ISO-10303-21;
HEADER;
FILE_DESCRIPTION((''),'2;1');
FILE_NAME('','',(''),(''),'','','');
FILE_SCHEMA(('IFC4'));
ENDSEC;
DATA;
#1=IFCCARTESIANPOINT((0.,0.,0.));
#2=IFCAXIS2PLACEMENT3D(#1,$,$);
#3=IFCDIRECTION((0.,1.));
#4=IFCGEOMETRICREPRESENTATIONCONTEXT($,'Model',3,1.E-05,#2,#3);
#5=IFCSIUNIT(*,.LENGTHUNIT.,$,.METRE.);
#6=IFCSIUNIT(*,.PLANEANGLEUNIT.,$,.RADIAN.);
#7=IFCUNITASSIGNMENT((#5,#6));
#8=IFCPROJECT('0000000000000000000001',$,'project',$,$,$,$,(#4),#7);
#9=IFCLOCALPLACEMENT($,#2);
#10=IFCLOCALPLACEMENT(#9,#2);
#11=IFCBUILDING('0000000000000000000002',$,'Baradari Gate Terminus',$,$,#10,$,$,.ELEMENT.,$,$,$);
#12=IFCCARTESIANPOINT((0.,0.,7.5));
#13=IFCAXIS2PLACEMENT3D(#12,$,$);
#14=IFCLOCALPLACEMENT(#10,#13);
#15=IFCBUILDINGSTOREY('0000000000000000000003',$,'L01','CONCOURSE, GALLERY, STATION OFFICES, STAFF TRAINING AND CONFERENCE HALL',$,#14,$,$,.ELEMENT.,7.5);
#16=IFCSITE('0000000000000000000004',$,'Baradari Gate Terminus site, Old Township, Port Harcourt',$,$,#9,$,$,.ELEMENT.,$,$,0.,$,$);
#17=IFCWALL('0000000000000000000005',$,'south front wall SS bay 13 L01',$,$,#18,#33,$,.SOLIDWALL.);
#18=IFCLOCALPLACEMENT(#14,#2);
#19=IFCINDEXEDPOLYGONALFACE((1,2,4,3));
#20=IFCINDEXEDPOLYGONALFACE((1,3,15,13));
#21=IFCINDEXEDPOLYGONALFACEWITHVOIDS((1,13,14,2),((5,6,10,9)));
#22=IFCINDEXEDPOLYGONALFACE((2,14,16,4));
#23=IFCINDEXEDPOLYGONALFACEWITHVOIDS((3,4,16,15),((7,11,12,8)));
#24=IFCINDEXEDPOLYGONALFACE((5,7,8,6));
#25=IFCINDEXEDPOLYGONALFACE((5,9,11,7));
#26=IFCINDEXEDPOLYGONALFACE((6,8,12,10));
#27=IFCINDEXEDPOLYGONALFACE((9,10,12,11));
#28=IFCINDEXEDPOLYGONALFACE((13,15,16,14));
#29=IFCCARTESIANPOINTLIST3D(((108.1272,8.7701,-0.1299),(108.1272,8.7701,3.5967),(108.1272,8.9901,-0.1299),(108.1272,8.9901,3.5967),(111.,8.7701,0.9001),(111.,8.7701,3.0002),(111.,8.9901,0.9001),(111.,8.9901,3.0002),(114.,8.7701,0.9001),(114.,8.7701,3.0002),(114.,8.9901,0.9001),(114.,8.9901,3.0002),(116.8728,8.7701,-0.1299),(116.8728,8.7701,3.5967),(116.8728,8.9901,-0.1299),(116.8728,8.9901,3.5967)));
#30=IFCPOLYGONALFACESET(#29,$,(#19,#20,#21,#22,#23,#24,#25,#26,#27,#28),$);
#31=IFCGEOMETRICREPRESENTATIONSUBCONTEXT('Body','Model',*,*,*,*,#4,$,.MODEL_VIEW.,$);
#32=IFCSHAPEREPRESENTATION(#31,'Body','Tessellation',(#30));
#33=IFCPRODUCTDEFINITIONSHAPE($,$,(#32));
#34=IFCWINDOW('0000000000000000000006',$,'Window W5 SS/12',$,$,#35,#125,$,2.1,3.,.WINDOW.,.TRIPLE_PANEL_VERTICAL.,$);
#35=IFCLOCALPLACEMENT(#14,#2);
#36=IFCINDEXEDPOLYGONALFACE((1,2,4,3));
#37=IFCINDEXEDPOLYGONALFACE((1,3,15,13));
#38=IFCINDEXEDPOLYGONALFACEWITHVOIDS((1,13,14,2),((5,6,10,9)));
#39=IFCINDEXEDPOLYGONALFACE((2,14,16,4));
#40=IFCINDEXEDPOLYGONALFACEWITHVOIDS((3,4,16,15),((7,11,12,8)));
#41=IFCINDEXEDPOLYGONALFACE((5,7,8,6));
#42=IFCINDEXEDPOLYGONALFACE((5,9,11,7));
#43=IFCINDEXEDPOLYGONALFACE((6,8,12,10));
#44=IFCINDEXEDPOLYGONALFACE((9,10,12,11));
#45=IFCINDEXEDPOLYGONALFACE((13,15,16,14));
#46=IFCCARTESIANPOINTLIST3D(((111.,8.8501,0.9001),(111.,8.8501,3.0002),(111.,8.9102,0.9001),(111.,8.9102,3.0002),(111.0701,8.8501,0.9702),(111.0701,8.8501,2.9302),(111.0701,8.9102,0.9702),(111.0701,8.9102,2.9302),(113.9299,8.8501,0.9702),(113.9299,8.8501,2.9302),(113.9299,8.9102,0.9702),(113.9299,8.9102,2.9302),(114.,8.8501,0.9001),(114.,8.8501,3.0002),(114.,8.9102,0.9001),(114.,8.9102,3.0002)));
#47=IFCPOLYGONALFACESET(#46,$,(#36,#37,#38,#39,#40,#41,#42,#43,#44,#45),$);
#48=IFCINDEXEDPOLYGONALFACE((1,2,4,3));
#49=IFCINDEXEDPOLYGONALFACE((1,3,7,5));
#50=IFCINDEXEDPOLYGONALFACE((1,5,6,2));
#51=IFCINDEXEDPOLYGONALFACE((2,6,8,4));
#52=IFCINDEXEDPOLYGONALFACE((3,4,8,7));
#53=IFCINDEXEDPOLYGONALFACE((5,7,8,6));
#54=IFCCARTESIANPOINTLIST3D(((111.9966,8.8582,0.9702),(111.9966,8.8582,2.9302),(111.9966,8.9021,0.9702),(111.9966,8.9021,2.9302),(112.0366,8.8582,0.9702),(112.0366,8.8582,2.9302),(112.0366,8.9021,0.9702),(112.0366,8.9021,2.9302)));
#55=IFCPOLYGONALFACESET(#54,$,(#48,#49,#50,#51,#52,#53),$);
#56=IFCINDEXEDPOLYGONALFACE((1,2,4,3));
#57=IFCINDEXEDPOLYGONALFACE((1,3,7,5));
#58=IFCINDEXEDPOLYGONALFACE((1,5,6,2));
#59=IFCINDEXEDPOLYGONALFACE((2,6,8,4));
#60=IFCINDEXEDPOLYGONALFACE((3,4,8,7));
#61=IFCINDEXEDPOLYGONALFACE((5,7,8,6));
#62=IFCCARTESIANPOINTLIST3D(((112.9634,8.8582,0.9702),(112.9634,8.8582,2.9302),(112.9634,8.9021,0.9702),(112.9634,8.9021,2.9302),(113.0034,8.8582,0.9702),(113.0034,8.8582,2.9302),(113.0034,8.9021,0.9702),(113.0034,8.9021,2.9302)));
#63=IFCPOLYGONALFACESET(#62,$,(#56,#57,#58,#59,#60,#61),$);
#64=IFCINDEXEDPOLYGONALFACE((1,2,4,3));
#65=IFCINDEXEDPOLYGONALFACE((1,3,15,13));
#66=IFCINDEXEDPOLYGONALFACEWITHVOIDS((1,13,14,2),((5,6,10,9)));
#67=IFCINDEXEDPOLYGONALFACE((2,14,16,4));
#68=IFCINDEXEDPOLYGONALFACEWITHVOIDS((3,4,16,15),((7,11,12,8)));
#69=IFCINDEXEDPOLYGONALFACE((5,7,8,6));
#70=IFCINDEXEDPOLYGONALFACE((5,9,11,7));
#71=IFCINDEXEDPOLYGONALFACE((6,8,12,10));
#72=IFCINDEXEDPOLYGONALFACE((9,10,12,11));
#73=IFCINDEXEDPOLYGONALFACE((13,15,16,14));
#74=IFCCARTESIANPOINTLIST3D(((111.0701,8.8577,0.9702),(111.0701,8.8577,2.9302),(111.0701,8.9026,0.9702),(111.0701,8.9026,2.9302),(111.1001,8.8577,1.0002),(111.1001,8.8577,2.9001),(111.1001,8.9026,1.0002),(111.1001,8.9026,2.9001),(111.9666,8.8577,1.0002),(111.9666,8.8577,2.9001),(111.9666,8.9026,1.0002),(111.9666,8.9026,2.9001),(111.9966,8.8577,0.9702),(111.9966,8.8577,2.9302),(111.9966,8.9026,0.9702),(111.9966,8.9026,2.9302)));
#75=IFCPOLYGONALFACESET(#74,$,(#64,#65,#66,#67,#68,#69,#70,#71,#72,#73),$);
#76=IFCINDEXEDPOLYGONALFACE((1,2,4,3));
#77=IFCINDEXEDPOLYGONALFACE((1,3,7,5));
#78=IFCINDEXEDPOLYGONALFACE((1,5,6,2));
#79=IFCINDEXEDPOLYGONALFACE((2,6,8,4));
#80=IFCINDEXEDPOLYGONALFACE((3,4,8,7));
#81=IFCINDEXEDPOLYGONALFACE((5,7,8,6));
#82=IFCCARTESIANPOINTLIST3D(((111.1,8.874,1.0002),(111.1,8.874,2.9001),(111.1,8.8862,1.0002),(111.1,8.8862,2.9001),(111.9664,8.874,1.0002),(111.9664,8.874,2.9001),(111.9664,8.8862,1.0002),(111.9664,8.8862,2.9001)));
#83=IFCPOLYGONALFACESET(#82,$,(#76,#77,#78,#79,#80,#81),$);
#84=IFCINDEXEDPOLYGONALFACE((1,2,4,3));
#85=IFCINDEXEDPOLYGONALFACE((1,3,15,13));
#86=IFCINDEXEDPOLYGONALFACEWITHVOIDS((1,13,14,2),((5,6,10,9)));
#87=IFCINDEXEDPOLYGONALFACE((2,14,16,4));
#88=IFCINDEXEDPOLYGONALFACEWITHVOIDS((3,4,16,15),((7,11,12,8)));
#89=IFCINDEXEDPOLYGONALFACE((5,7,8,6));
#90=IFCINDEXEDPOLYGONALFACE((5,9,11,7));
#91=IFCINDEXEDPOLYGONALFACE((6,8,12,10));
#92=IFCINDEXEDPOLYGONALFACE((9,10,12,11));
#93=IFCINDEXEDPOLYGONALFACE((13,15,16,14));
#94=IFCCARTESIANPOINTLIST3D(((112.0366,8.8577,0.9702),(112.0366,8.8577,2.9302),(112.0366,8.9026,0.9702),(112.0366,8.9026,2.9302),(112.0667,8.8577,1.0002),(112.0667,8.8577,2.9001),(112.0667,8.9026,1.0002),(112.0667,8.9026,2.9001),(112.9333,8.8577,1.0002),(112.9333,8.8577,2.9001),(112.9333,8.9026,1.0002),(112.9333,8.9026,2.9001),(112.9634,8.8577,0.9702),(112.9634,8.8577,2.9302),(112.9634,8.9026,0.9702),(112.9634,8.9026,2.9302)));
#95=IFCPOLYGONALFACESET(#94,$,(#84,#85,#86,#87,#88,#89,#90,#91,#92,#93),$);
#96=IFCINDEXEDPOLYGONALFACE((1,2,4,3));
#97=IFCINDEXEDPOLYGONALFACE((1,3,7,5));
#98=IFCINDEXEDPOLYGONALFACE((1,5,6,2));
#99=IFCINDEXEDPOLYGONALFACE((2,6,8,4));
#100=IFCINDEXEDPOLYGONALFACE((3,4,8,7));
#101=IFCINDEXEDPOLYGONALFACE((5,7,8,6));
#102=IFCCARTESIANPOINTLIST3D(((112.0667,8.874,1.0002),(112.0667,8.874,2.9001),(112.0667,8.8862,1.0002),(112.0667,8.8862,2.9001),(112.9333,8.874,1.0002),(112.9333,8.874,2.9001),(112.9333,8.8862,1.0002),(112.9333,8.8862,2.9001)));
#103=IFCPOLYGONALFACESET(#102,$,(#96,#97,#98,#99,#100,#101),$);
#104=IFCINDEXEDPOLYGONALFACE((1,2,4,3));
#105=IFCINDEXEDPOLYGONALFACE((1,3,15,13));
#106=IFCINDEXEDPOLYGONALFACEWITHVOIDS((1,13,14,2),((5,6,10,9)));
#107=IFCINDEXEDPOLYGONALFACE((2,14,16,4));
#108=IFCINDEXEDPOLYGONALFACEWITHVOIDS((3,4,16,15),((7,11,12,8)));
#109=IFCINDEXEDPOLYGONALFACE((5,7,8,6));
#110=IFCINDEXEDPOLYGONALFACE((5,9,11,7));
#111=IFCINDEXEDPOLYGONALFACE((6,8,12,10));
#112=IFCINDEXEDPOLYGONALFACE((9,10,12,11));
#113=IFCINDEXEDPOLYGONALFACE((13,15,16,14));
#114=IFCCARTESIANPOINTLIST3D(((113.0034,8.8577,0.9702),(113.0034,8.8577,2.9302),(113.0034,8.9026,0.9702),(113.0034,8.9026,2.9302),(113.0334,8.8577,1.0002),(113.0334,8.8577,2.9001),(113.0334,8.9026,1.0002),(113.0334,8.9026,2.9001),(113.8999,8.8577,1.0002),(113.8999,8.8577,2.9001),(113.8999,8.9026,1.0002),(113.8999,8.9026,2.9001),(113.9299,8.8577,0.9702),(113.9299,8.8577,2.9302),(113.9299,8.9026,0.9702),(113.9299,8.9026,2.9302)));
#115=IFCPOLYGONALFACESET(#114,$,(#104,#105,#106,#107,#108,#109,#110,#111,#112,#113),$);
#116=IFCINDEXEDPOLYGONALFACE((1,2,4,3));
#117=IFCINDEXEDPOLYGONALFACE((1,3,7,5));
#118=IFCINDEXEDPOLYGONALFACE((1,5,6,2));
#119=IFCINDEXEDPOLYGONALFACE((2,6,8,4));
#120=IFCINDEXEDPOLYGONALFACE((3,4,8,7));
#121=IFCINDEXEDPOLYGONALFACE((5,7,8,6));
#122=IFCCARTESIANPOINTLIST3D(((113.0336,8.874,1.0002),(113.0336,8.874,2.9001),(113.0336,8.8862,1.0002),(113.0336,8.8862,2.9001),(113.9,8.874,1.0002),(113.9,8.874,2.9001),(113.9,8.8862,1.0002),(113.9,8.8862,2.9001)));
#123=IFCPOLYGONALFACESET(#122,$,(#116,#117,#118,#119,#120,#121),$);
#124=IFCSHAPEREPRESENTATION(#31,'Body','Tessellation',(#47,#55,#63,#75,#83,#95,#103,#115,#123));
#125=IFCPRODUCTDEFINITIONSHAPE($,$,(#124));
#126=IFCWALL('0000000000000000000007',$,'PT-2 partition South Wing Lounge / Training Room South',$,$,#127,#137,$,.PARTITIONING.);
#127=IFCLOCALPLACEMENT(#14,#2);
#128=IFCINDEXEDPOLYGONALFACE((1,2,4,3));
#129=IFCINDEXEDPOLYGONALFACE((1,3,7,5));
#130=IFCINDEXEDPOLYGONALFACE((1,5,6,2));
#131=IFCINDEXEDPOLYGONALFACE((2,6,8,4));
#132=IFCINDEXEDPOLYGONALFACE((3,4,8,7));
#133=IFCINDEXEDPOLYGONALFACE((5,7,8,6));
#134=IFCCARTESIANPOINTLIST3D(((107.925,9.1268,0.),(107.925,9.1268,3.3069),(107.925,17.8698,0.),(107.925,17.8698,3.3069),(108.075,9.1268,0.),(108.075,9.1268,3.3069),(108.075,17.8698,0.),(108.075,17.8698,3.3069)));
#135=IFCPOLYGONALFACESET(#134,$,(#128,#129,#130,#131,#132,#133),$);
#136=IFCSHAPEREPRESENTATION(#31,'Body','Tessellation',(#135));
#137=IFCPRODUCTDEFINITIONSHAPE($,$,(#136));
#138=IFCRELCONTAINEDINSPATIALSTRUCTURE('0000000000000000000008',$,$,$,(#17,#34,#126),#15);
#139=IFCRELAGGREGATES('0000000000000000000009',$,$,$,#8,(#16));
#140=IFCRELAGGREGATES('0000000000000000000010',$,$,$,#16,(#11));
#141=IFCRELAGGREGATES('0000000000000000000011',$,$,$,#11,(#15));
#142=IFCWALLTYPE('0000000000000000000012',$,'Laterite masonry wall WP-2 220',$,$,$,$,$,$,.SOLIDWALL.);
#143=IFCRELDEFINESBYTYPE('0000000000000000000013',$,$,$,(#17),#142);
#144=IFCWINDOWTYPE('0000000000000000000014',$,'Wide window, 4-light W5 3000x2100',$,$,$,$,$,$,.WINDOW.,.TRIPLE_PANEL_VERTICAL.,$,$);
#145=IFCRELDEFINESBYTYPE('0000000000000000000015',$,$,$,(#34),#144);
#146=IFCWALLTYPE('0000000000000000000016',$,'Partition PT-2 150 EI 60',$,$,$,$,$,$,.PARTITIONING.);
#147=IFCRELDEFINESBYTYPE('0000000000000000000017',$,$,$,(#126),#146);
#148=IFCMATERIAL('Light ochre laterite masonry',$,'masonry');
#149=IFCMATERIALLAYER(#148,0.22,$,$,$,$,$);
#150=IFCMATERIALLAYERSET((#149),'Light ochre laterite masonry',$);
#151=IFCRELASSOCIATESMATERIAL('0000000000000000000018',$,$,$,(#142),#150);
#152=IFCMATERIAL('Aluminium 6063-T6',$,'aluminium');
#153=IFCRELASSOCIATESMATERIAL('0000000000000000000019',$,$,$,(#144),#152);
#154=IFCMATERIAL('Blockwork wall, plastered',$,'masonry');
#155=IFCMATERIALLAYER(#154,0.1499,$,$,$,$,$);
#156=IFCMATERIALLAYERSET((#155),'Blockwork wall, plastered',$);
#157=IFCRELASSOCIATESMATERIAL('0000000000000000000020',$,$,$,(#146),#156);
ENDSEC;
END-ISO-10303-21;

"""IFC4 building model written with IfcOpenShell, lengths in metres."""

from ifc_helpers import new_model, si_unit, direction, frame, frame_2d, origin, place, context, subcontext, project, spatial, polyline, rectangle, outline, extrude, material, layer, layer_set, type_object, element, fill, save


model = new_model("IFC4")

# Units and contexts
model_context = context("Model", 3, precision=1e-05, world=origin(), true_north=direction((0.0, 1.0)))
body_context = subcontext(model_context, "Body", "Model", "MODEL_VIEW")
ifc_project = project(units=[si_unit("LENGTHUNIT", "METRE"), si_unit("PLANEANGLEUNIT", "RADIAN")], contexts=[model_context])

# Site, building, storey
site_placement = place(None, origin())
site = spatial("IfcSite", under=ifc_project, at=site_placement, Name="Baradari Gate Terminus site, Old Township, Port Harcourt", CompositionType="ELEMENT", RefElevation=0.0)
building_placement = place(site_placement, origin())
building = spatial("IfcBuilding", under=site, at=building_placement, Name="Baradari Gate Terminus", CompositionType="ELEMENT")
storey_placement = place(building_placement, frame((0.0, 0.0, 7.5)))
storey = spatial("IfcBuildingStorey", under=building, at=storey_placement, Name="L01", Description="CONCOURSE, GALLERY, STATION OFFICES, STAFF TRAINING AND CONFERENCE HALL", CompositionType="ELEMENT", Elevation=7.5)

# Wall, opening, window
ifc_material_1 = material(Name="Light ochre laterite masonry", Category="masonry")
ifc_layer_1 = layer(ifc_material_1, 0.22)
ifc_layer_set_1 = layer_set([ifc_layer_1], Name="Light ochre laterite masonry")
wall_type_1 = type_object("IfcWallType", Name="Laterite masonry wall WP-2 220", PredefinedType="SOLIDWALL", material=ifc_layer_set_1)
wall_1_placement = place(storey_placement, frame((108.1272, 8.8801, -0.1299), z_axis=(0.0, 0.0, 1.0), x_axis=(1.0, 0.0, 0.0)))
wall_1 = element("IfcWall", 1, at=wall_1_placement, inside=storey, type_object=wall_type_1, Name="south front wall SS bay 13 L01", PredefinedType="SOLIDWALL", context=body_context, shape_type="SweptSolid", body=[
    extrude(rectangle(XDim=8.7456, YDim=0.22, at=frame_2d((4.3728, 0.0))), origin(), (0.0, 0.0, 1.0), 3.7266),
])
opening_1_placement = place(wall_1_placement, frame((2.8728, 0.0, 1.03)))
opening_1 = element("IfcOpeningElement", 2, at=opening_1_placement, cuts=wall_1, PredefinedType="OPENING", context=body_context, shape_type="SweptSolid", body=[
    extrude(rectangle(XDim=3.0, YDim=2.1001, at=frame_2d((1.5, 1.05))), frame((0.0, 0.1199, 0.0), z_axis=(0.0, -1.0, 0.0), x_axis=(1.0, 0.0, 0.0)), (0.0, 0.0, 1.0), 0.24),
])
ifc_material_2 = material(Name="Aluminium 6063-T6", Category="aluminium")
window_type = type_object("IfcWindowType", Name="Wide window, 4-light W5 3000x2100", PartitioningType="TRIPLE_PANEL_VERTICAL", PredefinedType="WINDOW", material=ifc_material_2)
window_placement = place(opening_1_placement, origin())
window = element("IfcWindow", 3, at=window_placement, inside=storey, type_object=window_type, Name="Window W5 SS/12", OverallHeight=2.1, OverallWidth=3.0, PartitioningType="TRIPLE_PANEL_VERTICAL", PredefinedType="WINDOW", context=body_context, shape_type="SweptSolid", body=[
    extrude(outline(polyline([(0.0, 0.0), (3.0, 0.0), (3.0, 2.1001), (0.0, 2.1001), (0.0, 0.0)]), holes=[polyline([(0.0701, 0.0701), (2.9299, 0.0701), (2.9299, 2.03), (0.0701, 2.03), (0.0701, 0.0701)])]), frame((0.0, 0.03, 0.0), z_axis=(0.0, -1.0, 0.0), x_axis=(1.0, 0.0, 0.0)), (0.0, 0.0, 1.0), 0.0601),
    extrude(rectangle(XDim=0.04, YDim=1.96, at=frame_2d((1.0166, 1.05))), frame((0.0, 0.022, 0.0), z_axis=(0.0, -1.0, 0.0), x_axis=(1.0, 0.0, 0.0)), (0.0, 0.0, 1.0), 0.0439),
    extrude(rectangle(XDim=0.04, YDim=1.96, at=frame_2d((1.9834, 1.05))), frame((0.0, 0.022, 0.0), z_axis=(0.0, -1.0, 0.0), x_axis=(1.0, 0.0, 0.0)), (0.0, 0.0, 1.0), 0.0439),
    extrude(outline(polyline([(0.0701, 0.0701), (0.9966, 0.0701), (0.9966, 2.03), (0.0701, 2.03), (0.0701, 0.0701)]), holes=[polyline([(0.1001, 0.1001), (0.9666, 0.1001), (0.9666, 2.0), (0.1001, 2.0), (0.1001, 0.1001)])]), frame((0.0, 0.0225, 0.0), z_axis=(0.0, -1.0, 0.0), x_axis=(1.0, 0.0, 0.0)), (0.0, 0.0, 1.0), 0.0449),
    extrude(rectangle(XDim=0.8665, YDim=1.8999, at=frame_2d((0.5332, 1.05))), frame((0.0, 0.0061, 0.0), z_axis=(0.0, -1.0, 0.0), x_axis=(1.0, 0.0, 0.0)), (0.0, 0.0, 1.0), 0.0122),
    extrude(outline(polyline([(1.0366, 0.0701), (1.9634, 0.0701), (1.9634, 2.03), (1.0366, 2.03), (1.0366, 0.0701)]), holes=[polyline([(1.0667, 0.1001), (1.9333, 0.1001), (1.9333, 2.0), (1.0667, 2.0), (1.0667, 0.1001)])]), frame((0.0, 0.0225, 0.0), z_axis=(0.0, -1.0, 0.0), x_axis=(1.0, 0.0, 0.0)), (0.0, 0.0, 1.0), 0.0449),
    extrude(rectangle(XDim=0.8667, YDim=1.8999, at=frame_2d((1.5, 1.05))), frame((0.0, 0.0061, 0.0), z_axis=(0.0, -1.0, 0.0), x_axis=(1.0, 0.0, 0.0)), (0.0, 0.0, 1.0), 0.0122),
    extrude(outline(polyline([(2.0034, 0.0701), (2.9299, 0.0701), (2.9299, 2.03), (2.0034, 2.03), (2.0034, 0.0701)]), holes=[polyline([(2.0334, 0.1001), (2.8999, 0.1001), (2.8999, 2.0), (2.0334, 2.0), (2.0334, 0.1001)])]), frame((0.0, 0.0225, 0.0), z_axis=(0.0, -1.0, 0.0), x_axis=(1.0, 0.0, 0.0)), (0.0, 0.0, 1.0), 0.0449),
    extrude(rectangle(XDim=0.8665, YDim=1.8999, at=frame_2d((2.4668, 1.05))), frame((0.0, 0.0061, 0.0), z_axis=(0.0, -1.0, 0.0), x_axis=(1.0, 0.0, 0.0)), (0.0, 0.0, 1.0), 0.0122),
])
fill(opening_1, window)

# Wall
ifc_material_3 = material(Name="Blockwork wall, plastered", Category="masonry")
ifc_layer_2 = layer(ifc_material_3, 0.1499)
ifc_layer_set_2 = layer_set([ifc_layer_2], Name="Blockwork wall, plastered")
wall_type_2 = type_object("IfcWallType", Name="Partition PT-2 150 EI 60", PredefinedType="PARTITIONING", material=ifc_layer_set_2)
wall_2_placement = place(storey_placement, frame((108.0, 17.8699, 0.0), z_axis=(0.0, 0.0, 1.0), x_axis=(0.0, -1.0, 0.0)))
element("IfcWall", 4, at=wall_2_placement, inside=storey, type_object=wall_type_2, Name="PT-2 partition South Wing Lounge / Training Room South", PredefinedType="PARTITIONING", context=body_context, shape_type="SweptSolid", body=[
    extrude(rectangle(XDim=8.7429, YDim=0.1499, at=frame_2d((4.3716, 0.0))), origin(), (0.0, 0.0, 1.0), 3.3069),
])

save(model, "model.ifc")
